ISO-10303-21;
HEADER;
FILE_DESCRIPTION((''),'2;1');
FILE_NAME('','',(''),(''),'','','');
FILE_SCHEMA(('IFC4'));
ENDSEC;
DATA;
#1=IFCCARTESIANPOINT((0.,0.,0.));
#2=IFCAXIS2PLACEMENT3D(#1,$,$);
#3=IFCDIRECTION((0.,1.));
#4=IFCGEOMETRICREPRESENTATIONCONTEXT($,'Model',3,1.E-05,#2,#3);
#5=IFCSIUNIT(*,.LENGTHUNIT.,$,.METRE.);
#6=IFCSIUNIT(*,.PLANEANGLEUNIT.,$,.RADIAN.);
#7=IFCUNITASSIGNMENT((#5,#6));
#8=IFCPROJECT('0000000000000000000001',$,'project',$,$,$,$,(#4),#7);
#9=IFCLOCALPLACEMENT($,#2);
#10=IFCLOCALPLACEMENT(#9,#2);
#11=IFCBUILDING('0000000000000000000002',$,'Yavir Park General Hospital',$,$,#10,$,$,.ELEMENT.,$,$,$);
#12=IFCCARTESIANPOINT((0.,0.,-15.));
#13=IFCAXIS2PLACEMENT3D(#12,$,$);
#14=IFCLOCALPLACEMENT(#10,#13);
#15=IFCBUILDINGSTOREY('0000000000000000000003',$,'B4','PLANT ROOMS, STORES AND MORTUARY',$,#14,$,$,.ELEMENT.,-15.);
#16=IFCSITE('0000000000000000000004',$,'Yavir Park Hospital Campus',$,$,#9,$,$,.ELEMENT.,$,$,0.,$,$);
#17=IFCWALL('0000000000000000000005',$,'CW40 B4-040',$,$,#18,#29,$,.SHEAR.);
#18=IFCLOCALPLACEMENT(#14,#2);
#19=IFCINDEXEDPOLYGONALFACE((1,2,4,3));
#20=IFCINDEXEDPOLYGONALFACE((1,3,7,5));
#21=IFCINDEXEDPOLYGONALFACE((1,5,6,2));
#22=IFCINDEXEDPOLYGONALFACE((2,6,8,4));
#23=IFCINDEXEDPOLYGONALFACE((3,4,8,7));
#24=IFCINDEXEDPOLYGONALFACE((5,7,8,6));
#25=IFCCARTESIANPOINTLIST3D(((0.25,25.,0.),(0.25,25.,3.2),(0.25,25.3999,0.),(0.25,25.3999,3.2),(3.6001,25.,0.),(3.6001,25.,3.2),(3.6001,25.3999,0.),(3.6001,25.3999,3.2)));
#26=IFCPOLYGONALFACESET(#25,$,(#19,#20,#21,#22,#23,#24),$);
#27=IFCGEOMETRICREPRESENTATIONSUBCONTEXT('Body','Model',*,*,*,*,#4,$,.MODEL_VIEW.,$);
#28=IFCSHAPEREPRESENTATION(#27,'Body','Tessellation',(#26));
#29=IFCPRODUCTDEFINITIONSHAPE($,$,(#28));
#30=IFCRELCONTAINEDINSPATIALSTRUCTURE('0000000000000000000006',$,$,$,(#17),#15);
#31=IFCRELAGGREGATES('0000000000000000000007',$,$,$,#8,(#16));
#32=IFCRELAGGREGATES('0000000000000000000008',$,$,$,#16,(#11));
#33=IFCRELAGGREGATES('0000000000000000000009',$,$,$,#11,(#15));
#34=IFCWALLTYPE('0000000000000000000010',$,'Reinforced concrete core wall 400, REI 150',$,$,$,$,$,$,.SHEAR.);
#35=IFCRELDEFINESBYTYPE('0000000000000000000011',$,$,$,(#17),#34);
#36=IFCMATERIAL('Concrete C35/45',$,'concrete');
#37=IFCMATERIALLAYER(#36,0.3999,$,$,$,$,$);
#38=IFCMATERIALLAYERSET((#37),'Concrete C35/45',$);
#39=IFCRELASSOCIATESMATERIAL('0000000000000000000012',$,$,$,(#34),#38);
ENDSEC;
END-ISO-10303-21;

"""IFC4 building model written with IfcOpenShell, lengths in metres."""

from ifc_helpers import new_model, si_unit, direction, frame, frame_2d, origin, place, context, subcontext, project, spatial, rectangle, extrude, material, layer, layer_set, type_object, element, save


model = new_model("IFC4")

# Units and contexts
model_context = context("Model", 3, precision=1e-05, world=origin(), true_north=direction((0.0, 1.0)))
body_context = subcontext(model_context, "Body", "Model", "MODEL_VIEW")
ifc_project = project(units=[si_unit("LENGTHUNIT", "METRE"), si_unit("PLANEANGLEUNIT", "RADIAN")], contexts=[model_context])

# Site, building, storey
site_placement = place(None, origin())
site = spatial("IfcSite", under=ifc_project, at=site_placement, Name="Yavir Park Hospital Campus", CompositionType="ELEMENT", RefElevation=0.0)
building_placement = place(site_placement, origin())
building = spatial("IfcBuilding", under=site, at=building_placement, Name="Yavir Park General Hospital", CompositionType="ELEMENT")
storey_placement = place(building_placement, frame((0.0, 0.0, -15.0)))
storey = spatial("IfcBuildingStorey", under=building, at=storey_placement, Name="B4", Description="PLANT ROOMS, STORES AND MORTUARY", CompositionType="ELEMENT", Elevation=-15.0)

# Wall
ifc_material_1 = material(Name="Concrete C35/45", Category="concrete")
ifc_layer_1 = layer(ifc_material_1, 0.3999)
ifc_layer_set_1 = layer_set([ifc_layer_1], Name="Concrete C35/45")
wall_type_1 = type_object("IfcWallType", Name="Reinforced concrete core wall 400, REI 150", PredefinedType="SHEAR", material=ifc_layer_set_1)
wall_1_placement = place(storey_placement, frame((0.25, 25.2, 0.0), z_axis=(0.0, 0.0, 1.0), x_axis=(1.0, 0.0, 0.0)))
element("IfcWall", 1, at=wall_1_placement, inside=storey, type_object=wall_type_1, Name="CW40 B4-040", PredefinedType="SHEAR", context=body_context, shape_type="SweptSolid", body=[
    extrude(rectangle(XDim=3.3501, YDim=0.3999, at=frame_2d((1.675, 0.0))), origin(), (0.0, 0.0, 1.0), 3.2),
])

save(model, "model.ifc")
